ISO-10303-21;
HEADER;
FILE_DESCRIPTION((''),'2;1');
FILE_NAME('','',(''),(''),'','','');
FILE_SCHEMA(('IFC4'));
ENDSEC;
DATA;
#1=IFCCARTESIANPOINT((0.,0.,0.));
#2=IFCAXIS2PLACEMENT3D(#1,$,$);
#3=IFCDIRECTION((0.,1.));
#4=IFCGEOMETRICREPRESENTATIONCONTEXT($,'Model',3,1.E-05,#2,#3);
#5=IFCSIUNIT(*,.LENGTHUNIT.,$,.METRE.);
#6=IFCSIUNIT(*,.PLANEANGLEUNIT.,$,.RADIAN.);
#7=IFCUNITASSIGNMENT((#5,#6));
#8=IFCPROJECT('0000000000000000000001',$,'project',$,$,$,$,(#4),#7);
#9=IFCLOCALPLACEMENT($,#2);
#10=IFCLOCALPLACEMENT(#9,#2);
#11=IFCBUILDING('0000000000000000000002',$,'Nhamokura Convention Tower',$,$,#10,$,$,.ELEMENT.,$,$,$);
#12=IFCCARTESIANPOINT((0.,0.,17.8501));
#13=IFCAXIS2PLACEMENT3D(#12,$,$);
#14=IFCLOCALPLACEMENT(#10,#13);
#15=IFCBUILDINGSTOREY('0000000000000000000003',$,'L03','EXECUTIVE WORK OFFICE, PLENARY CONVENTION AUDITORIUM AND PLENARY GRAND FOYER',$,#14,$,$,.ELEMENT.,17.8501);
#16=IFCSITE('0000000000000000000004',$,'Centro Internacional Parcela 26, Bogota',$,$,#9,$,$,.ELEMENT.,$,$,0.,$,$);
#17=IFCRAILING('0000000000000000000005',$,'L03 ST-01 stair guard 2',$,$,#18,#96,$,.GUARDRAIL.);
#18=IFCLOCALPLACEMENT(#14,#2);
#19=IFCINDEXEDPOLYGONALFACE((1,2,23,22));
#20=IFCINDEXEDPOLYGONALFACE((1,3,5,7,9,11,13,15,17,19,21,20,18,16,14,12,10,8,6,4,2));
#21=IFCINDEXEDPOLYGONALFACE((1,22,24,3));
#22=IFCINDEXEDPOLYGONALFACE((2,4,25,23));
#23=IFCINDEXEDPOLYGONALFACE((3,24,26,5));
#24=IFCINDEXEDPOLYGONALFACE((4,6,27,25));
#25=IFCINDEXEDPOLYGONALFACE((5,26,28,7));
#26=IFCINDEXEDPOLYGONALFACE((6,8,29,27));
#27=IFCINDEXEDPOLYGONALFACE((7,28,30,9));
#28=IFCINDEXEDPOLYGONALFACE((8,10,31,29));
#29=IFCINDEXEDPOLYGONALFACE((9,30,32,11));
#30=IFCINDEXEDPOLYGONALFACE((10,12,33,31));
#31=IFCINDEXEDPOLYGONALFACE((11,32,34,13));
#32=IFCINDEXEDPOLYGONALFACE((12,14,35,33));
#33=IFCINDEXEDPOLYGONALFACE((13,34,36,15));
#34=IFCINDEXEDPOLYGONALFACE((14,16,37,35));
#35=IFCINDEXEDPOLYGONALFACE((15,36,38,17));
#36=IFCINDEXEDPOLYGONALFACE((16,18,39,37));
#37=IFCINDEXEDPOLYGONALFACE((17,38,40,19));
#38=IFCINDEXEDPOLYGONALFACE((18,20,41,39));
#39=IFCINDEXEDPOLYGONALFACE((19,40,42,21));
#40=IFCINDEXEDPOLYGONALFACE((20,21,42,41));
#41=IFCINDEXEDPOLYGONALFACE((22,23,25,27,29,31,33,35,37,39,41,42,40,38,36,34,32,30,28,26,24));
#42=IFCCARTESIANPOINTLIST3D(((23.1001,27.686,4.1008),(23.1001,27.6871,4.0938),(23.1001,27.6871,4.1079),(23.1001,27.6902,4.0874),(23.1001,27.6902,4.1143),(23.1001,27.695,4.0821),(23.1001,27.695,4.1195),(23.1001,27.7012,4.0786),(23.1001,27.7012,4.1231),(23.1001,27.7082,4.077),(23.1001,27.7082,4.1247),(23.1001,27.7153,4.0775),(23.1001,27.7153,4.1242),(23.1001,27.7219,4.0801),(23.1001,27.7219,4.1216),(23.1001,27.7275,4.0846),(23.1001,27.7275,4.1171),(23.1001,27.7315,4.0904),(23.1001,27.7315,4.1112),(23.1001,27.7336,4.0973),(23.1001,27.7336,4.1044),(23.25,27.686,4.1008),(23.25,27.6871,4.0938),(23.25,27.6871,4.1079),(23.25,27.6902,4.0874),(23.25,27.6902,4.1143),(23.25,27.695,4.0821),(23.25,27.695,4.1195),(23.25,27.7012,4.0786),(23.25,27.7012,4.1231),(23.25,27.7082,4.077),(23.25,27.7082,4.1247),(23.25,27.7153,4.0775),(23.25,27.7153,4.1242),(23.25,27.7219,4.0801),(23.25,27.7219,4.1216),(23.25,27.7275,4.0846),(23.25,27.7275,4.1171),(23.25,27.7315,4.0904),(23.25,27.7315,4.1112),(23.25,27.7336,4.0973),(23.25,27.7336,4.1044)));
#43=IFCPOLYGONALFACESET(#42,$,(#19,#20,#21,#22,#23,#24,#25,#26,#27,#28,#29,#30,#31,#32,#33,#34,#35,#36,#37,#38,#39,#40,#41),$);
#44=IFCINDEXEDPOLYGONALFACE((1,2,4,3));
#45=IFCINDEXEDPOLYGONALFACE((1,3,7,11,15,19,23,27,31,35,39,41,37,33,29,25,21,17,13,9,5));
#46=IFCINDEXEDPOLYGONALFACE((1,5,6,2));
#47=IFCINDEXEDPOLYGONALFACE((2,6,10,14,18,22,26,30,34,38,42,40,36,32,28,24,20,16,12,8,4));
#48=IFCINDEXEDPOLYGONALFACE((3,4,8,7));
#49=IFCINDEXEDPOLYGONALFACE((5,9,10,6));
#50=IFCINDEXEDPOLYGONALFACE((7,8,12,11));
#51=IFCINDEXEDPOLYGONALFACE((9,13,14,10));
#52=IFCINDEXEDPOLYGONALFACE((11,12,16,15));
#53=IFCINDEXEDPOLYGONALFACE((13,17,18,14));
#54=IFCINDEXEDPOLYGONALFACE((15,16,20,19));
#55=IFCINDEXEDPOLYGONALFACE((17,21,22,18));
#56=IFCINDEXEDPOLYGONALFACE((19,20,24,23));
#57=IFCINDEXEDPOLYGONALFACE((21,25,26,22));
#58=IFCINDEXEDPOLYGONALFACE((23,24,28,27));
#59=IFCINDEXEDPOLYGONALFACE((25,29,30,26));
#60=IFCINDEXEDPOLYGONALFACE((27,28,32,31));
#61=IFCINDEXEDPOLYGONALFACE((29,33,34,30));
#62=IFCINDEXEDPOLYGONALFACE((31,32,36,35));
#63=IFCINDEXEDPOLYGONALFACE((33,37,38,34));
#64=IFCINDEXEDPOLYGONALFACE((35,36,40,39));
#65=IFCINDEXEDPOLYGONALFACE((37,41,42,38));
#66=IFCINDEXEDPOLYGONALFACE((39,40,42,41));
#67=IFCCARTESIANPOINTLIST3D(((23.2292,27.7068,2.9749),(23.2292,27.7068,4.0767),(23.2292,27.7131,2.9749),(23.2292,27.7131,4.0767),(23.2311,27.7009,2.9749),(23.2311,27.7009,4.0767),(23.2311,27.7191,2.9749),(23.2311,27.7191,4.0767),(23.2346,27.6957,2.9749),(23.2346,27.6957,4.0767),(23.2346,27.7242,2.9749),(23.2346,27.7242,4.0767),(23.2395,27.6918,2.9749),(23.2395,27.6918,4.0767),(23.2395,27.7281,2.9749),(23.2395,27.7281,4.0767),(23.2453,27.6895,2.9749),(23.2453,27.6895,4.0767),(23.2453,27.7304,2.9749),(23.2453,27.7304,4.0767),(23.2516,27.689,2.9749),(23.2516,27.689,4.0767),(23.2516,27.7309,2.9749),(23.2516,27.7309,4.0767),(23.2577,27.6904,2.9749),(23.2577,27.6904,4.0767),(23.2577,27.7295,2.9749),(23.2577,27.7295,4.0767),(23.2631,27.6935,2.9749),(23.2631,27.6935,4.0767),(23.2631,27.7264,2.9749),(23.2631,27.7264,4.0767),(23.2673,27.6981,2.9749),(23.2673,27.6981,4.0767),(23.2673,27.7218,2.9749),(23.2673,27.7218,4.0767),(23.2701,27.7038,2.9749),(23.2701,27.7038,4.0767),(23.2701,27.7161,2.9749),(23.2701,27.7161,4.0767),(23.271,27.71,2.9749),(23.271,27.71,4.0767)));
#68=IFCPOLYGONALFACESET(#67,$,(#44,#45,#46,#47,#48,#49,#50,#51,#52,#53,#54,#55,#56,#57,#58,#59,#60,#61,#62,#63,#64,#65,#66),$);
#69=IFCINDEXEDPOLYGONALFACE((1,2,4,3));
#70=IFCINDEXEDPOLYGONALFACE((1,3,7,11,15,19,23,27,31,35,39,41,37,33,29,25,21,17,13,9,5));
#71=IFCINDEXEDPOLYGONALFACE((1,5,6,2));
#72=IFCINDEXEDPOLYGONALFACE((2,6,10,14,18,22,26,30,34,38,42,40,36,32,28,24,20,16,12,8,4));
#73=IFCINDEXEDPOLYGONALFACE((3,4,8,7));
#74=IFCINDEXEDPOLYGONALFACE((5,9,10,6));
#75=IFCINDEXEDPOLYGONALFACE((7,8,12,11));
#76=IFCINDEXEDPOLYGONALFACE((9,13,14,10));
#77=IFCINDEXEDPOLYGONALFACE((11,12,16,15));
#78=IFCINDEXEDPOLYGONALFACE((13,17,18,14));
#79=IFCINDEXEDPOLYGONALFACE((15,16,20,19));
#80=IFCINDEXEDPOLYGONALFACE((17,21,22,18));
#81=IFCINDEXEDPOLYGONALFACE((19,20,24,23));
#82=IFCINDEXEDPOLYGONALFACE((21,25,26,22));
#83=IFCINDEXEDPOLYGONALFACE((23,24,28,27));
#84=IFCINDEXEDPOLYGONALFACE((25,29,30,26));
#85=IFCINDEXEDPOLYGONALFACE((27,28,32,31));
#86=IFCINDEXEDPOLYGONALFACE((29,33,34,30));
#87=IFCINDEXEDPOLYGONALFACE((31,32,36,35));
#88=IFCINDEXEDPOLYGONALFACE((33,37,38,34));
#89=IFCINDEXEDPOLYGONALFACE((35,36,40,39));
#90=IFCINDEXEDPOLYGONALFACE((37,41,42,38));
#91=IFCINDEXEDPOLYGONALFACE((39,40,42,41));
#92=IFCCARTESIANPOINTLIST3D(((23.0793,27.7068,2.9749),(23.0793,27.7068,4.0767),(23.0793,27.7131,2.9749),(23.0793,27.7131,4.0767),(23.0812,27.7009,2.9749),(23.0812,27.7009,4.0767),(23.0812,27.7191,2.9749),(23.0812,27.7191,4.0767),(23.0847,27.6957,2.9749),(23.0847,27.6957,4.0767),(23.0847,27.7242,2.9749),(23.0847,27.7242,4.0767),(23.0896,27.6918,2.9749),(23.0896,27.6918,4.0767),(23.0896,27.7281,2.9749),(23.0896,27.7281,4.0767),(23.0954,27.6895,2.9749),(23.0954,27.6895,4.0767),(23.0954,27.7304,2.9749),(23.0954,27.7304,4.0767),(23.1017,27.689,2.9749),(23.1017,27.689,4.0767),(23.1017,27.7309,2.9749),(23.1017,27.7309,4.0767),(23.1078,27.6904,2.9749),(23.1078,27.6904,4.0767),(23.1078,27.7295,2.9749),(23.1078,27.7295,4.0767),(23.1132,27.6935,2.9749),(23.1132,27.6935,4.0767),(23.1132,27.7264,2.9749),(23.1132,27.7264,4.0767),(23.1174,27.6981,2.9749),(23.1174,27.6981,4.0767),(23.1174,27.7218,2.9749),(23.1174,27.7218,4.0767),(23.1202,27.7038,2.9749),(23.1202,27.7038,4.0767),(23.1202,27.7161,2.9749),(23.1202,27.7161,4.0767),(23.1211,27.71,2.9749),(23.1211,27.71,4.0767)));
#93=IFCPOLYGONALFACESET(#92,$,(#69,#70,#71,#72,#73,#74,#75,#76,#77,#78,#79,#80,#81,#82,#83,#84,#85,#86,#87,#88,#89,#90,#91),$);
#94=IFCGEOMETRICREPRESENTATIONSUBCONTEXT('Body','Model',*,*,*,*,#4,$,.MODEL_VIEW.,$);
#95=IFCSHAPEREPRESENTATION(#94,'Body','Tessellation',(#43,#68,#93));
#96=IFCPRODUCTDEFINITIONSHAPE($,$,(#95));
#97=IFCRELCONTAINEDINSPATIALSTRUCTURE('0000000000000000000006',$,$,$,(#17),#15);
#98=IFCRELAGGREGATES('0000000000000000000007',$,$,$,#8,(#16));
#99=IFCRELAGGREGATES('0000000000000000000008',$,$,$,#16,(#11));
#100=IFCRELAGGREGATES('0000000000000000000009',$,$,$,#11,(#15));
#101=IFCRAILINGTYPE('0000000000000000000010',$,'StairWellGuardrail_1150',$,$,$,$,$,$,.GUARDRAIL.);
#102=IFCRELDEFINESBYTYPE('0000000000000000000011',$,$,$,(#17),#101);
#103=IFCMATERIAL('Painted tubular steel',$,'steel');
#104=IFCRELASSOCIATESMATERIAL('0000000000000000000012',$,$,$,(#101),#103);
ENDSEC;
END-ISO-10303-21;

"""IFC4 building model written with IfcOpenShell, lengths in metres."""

from ifc_helpers import new_model, si_unit, direction, frame, origin, origin_2d, place, context, subcontext, project, spatial, circle, extrude, material, type_object, element, save


model = new_model("IFC4")

# Units and contexts
model_context = context("Model", 3, precision=1e-05, world=origin(), true_north=direction((0.0, 1.0)))
body_context = subcontext(model_context, "Body", "Model", "MODEL_VIEW")
ifc_project = project(units=[si_unit("LENGTHUNIT", "METRE"), si_unit("PLANEANGLEUNIT", "RADIAN")], contexts=[model_context])

# Site, building, storey
site_placement = place(None, origin())
site = spatial("IfcSite", under=ifc_project, at=site_placement, Name="Centro Internacional Parcela 26, Bogota", CompositionType="ELEMENT", RefElevation=0.0)
building_placement = place(site_placement, origin())
building = spatial("IfcBuilding", under=site, at=building_placement, Name="Nhamokura Convention Tower", CompositionType="ELEMENT")
storey_placement = place(building_placement, frame((0.0, 0.0, 17.8501)))
storey = spatial("IfcBuildingStorey", under=building, at=storey_placement, Name="L03", Description="EXECUTIVE WORK OFFICE, PLENARY CONVENTION AUDITORIUM AND PLENARY GRAND FOYER", CompositionType="ELEMENT", Elevation=17.8501)

# Railing
ifc_material_1 = material(Name="Painted tubular steel", Category="steel")
railing_type_1 = type_object("IfcRailingType", Name="StairWellGuardrail_1150", PredefinedType="GUARDRAIL", material=ifc_material_1)
railing_1_placement = place(storey_placement, frame((23.25, 27.71, 2.9749)))
element("IfcRailing", 1, at=railing_1_placement, inside=storey, type_object=railing_type_1, Name="L03 ST-01 stair guard 2", PredefinedType="GUARDRAIL", context=body_context, shape_type="SweptSolid", body=[
    extrude(circle(Radius=0.0239, at=origin_2d()), frame((0.0, 0.0, 1.126), z_axis=(-1.0, 0.0, 0.0), x_axis=(0.0, -1.0, 0.0)), (0.0, 0.0, 1.0), 0.1499),
    extrude(circle(Radius=0.021, at=origin_2d()), origin(), (0.0, 0.0, 1.0), 1.1018),
    extrude(circle(Radius=0.021, at=origin_2d()), frame((-0.1499, 0.0, 0.0)), (0.0, 0.0, 1.0), 1.1018),
])

save(model, "model.ifc")
